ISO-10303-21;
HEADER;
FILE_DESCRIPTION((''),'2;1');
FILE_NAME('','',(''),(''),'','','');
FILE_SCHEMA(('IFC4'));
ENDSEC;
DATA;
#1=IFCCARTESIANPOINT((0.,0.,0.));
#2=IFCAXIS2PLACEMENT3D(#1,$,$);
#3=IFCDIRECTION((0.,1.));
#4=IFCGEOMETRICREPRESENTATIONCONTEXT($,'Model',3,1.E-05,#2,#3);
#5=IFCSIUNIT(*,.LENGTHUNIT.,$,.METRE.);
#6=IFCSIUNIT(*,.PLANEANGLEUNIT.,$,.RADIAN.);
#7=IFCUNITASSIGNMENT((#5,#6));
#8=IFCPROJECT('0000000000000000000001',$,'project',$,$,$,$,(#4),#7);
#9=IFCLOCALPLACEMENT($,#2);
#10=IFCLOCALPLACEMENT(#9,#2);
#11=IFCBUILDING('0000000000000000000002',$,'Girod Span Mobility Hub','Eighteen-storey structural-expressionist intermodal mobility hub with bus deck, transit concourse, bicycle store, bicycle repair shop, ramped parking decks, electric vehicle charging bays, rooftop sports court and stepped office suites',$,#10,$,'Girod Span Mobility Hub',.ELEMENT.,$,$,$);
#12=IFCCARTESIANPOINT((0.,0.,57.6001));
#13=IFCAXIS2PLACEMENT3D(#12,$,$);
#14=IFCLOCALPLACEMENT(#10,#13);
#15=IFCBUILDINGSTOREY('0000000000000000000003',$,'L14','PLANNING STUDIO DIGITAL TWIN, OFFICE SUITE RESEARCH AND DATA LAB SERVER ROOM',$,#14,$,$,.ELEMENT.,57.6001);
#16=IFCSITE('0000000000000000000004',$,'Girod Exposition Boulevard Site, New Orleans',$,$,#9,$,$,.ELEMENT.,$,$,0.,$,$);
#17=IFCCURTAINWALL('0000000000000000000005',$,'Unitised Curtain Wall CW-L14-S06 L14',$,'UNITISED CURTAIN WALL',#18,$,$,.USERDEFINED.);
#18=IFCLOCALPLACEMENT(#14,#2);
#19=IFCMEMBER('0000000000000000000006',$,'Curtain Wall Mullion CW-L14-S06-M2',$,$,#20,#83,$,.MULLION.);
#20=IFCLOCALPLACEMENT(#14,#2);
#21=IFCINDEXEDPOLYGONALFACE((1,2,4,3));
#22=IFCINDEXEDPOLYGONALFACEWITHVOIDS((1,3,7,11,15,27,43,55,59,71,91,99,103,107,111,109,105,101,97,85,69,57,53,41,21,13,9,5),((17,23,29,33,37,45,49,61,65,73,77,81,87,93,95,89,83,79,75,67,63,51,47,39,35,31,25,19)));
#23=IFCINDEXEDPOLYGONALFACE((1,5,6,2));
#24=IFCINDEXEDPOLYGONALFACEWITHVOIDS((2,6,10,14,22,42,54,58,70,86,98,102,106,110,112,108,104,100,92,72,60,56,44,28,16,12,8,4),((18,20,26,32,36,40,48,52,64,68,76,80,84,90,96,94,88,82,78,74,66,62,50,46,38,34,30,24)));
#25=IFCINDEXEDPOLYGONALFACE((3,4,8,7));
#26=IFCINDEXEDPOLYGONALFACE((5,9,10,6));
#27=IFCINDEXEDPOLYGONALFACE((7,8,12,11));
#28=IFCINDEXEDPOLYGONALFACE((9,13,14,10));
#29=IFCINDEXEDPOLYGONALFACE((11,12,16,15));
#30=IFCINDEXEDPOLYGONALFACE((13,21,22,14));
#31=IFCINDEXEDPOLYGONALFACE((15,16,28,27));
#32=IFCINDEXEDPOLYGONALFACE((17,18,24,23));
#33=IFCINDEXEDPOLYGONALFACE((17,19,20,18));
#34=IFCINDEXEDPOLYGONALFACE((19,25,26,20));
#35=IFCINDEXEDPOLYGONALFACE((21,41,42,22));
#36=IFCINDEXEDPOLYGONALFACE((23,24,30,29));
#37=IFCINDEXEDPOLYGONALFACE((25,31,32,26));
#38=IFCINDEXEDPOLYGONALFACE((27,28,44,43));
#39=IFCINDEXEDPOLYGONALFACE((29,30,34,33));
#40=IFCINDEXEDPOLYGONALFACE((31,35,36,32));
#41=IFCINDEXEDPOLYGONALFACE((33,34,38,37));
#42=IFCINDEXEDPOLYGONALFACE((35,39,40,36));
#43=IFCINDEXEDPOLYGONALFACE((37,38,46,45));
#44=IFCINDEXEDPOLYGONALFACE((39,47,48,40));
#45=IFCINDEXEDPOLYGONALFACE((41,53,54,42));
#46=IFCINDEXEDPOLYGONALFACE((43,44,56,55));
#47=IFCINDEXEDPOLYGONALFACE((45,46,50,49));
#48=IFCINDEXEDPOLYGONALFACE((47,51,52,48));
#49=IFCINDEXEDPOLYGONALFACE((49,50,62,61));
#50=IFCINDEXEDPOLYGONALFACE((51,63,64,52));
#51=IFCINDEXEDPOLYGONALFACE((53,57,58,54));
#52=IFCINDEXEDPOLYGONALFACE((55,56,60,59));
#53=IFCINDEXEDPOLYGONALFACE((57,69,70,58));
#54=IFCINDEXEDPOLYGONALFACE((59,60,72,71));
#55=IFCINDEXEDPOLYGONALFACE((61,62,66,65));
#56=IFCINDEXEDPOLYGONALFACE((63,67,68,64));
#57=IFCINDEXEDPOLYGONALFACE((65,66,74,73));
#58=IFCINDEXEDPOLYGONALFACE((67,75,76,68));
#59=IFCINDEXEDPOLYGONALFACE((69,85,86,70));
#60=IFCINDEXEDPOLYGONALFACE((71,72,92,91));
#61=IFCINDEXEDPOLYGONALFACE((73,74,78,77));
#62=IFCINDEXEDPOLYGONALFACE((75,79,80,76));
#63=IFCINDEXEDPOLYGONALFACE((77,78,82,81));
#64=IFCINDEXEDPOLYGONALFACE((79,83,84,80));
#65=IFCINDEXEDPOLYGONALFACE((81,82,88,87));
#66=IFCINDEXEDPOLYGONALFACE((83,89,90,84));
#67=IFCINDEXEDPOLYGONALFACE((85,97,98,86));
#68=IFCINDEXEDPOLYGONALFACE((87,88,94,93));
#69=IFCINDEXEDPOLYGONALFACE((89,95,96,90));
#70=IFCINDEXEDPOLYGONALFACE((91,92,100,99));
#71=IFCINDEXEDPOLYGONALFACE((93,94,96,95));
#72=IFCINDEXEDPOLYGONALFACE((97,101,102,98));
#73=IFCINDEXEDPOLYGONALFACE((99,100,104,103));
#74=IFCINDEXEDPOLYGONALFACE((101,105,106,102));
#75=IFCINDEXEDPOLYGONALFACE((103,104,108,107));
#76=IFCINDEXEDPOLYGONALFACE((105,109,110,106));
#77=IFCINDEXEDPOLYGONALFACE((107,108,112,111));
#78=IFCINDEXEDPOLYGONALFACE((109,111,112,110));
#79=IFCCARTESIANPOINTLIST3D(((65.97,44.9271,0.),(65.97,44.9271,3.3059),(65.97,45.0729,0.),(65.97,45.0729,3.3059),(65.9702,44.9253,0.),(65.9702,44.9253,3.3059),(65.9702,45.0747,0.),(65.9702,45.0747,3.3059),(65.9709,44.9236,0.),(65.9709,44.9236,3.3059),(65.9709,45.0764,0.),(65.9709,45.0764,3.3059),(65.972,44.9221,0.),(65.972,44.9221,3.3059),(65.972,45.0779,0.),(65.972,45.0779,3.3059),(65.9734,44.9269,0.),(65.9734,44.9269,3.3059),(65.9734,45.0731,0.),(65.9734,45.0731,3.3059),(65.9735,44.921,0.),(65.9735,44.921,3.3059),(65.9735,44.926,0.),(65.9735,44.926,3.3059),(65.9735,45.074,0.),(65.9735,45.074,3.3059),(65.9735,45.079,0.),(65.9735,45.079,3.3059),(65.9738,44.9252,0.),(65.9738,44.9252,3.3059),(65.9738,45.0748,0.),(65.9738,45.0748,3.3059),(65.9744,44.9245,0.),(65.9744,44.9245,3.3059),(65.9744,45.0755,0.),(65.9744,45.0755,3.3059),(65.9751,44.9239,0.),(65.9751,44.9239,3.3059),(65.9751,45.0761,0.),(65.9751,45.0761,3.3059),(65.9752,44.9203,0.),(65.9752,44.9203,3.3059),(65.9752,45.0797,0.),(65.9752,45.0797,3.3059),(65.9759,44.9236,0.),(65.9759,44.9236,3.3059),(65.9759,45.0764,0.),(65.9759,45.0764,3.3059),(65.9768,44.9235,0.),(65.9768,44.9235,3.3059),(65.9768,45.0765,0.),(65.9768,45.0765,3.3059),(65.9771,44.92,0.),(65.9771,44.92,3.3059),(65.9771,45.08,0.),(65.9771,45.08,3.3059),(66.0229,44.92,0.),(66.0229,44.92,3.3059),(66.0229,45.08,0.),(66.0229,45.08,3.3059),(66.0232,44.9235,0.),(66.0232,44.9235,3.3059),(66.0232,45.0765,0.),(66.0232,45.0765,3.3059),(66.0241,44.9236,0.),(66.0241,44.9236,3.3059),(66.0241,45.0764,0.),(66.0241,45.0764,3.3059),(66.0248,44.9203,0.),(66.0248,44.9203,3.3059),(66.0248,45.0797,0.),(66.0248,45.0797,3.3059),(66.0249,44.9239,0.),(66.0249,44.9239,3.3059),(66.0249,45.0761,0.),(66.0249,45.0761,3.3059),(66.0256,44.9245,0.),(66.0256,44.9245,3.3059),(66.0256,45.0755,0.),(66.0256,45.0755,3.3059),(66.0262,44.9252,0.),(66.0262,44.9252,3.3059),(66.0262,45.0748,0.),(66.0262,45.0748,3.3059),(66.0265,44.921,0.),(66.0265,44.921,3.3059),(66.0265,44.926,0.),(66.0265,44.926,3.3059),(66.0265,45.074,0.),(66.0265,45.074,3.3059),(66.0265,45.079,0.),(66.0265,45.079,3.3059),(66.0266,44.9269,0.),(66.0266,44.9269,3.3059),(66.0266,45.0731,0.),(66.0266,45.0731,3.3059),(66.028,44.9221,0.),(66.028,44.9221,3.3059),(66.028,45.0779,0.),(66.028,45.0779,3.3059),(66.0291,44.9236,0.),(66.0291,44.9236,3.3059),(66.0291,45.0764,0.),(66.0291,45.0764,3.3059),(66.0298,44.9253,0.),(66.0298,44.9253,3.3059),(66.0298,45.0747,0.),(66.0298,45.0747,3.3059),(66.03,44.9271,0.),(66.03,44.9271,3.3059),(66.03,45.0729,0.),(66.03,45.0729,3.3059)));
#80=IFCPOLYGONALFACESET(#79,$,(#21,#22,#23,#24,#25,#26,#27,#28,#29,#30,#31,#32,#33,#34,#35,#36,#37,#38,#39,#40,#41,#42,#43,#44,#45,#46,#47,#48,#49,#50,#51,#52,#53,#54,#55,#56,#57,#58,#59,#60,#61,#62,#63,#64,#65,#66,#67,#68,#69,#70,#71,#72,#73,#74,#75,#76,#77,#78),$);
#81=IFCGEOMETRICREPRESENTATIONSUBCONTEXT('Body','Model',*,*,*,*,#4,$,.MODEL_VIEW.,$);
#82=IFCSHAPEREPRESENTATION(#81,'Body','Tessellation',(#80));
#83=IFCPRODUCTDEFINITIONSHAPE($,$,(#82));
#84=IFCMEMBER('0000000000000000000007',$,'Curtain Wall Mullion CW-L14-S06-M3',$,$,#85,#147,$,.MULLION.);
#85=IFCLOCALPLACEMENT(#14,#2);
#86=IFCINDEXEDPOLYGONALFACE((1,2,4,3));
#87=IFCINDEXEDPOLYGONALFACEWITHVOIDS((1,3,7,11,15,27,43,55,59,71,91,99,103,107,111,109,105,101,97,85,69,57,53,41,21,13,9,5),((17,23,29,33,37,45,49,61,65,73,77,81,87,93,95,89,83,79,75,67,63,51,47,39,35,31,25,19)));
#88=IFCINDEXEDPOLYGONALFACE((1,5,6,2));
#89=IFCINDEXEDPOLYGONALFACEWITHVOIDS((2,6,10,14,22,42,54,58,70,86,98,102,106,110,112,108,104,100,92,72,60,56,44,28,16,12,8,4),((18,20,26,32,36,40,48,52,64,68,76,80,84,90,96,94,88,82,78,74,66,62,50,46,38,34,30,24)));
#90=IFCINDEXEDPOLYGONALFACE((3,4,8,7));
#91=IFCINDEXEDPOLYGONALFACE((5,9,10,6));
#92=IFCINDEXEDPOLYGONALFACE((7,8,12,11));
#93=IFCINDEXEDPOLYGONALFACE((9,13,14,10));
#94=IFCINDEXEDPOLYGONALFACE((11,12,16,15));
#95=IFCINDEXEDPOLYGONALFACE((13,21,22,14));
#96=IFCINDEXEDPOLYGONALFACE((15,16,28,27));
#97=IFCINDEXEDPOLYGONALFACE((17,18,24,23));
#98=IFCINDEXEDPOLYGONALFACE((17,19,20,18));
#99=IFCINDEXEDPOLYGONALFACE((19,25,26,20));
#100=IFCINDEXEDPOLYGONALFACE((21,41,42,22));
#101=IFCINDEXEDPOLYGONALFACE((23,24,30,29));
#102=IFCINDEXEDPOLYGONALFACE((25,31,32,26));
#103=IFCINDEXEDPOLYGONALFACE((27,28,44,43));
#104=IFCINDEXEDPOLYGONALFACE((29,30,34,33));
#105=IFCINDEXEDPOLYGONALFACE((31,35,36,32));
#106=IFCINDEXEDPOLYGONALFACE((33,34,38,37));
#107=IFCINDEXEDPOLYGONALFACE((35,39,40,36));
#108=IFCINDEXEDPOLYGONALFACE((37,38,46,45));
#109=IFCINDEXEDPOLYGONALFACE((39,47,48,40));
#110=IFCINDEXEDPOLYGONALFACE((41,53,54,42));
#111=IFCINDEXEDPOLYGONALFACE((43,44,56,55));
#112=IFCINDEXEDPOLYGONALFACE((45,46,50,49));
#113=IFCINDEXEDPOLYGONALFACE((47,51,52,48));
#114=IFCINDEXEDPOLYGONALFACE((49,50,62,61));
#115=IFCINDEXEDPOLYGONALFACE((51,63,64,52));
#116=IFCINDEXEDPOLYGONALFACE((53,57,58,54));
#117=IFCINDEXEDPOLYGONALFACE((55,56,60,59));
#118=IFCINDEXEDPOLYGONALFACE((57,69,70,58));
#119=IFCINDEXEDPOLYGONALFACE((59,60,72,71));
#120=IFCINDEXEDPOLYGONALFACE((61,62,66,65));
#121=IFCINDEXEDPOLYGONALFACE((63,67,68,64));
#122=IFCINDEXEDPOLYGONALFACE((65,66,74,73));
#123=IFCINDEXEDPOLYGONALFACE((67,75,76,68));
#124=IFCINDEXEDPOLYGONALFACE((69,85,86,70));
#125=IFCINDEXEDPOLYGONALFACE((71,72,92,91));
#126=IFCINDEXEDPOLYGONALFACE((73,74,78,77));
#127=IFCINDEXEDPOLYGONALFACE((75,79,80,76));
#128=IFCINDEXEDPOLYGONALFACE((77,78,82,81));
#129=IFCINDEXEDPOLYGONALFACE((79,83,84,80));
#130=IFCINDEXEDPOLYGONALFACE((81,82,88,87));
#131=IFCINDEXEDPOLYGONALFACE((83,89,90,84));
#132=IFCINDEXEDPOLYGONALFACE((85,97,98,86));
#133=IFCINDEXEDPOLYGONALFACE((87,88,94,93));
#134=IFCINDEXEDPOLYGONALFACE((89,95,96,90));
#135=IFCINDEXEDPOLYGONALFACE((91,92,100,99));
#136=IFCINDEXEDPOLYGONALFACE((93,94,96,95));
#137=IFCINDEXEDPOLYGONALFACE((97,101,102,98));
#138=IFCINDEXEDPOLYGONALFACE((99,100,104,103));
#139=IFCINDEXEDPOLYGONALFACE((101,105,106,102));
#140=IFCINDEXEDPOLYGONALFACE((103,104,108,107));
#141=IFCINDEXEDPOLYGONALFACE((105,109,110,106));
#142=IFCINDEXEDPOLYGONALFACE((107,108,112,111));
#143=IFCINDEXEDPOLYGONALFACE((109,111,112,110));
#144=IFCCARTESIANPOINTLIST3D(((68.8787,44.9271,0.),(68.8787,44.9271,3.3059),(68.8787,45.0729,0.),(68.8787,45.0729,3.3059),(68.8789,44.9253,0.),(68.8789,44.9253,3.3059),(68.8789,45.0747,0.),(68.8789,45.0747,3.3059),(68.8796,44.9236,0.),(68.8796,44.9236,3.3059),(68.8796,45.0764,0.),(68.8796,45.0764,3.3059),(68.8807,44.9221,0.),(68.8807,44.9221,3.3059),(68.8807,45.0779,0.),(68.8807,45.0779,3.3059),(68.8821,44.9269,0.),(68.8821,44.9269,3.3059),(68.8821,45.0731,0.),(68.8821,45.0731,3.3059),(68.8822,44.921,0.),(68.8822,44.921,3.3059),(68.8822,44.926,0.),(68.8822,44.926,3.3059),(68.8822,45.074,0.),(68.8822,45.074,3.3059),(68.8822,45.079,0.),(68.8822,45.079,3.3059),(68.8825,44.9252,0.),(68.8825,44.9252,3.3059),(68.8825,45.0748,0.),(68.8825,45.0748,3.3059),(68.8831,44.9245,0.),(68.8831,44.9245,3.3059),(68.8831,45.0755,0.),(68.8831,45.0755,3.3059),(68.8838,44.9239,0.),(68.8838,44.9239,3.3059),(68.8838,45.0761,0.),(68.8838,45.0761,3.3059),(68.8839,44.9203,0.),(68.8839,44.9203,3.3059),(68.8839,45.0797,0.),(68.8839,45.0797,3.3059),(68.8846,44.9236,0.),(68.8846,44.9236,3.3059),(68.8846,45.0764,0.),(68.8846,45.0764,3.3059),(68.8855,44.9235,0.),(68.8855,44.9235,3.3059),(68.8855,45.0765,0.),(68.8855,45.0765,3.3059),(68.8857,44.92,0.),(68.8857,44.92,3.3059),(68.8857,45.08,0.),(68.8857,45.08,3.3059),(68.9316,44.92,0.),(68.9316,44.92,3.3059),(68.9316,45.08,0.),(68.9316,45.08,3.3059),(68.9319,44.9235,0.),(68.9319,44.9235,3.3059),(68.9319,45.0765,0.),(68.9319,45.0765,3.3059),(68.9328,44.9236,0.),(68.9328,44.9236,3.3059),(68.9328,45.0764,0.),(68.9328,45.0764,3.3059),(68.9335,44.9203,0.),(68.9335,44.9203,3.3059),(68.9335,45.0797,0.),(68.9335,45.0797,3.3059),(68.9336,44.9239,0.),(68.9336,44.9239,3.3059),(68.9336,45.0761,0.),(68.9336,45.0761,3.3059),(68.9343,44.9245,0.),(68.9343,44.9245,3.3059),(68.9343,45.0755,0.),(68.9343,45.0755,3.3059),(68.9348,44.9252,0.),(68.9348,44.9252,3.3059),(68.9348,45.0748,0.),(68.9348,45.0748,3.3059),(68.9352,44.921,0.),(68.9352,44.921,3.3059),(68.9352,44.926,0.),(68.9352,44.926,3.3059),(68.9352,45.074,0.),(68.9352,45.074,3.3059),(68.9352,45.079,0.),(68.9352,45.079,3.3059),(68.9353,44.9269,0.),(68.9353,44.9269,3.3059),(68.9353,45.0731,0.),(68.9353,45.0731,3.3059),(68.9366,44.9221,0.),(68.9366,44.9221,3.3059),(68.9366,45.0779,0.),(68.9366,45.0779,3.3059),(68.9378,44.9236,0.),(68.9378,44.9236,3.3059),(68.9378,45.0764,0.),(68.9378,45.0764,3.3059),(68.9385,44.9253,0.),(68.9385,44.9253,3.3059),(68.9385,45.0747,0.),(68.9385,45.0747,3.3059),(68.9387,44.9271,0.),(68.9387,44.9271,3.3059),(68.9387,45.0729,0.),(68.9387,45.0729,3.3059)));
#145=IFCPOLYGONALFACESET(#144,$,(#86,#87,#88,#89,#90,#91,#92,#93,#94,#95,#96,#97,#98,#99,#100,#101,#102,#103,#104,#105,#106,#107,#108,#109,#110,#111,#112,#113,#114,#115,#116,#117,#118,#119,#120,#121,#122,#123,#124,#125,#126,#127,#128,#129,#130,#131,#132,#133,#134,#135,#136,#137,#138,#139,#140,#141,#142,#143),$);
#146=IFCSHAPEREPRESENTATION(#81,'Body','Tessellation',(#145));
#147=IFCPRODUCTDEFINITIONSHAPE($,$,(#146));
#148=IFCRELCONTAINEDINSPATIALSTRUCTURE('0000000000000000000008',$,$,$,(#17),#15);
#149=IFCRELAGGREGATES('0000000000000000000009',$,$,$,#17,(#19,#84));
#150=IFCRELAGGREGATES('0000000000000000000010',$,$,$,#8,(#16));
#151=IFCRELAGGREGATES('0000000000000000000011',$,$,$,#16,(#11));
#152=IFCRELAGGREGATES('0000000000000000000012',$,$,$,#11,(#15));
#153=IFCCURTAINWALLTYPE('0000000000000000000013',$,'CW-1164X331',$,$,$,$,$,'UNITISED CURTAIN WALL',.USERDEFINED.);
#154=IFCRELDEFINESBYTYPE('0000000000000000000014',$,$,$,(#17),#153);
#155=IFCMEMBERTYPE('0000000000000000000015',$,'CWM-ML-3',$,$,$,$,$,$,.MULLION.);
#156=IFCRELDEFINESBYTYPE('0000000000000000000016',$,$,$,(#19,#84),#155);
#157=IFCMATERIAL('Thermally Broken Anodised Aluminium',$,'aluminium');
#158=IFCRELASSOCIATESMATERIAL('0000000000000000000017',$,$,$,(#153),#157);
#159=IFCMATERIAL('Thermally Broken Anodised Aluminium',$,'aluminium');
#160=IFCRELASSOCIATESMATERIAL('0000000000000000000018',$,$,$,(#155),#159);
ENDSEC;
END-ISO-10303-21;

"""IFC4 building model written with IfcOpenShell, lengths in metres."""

from ifc_helpers import new_model, si_unit, direction, frame, origin, origin_2d, place, context, subcontext, project, spatial, hollow_rectangle, extrude, material, material_profile, profile_set, type_object, element, aggregate, save


model = new_model("IFC4")

# Units and contexts
model_context = context("Model", 3, precision=1e-05, world=origin(), true_north=direction((0.0, 1.0)))
body_context = subcontext(model_context, "Body", "Model", "MODEL_VIEW")
ifc_project = project(units=[si_unit("LENGTHUNIT", "METRE"), si_unit("PLANEANGLEUNIT", "RADIAN")], contexts=[model_context])

# Site, building, storey
site_placement = place(None, origin())
site = spatial("IfcSite", under=ifc_project, at=site_placement, Name="Girod Exposition Boulevard Site, New Orleans", CompositionType="ELEMENT", RefElevation=0.0)
building_placement = place(site_placement, origin())
building = spatial("IfcBuilding", under=site, at=building_placement, Name="Girod Span Mobility Hub", Description="Eighteen-storey structural-expressionist intermodal mobility hub with bus deck, transit concourse, bicycle store, bicycle repair shop, ramped parking decks, electric vehicle charging bays, rooftop sports court and stepped office suites", LongName="Girod Span Mobility Hub", CompositionType="ELEMENT")
storey_placement = place(building_placement, frame((0.0, 0.0, 57.6001)))
storey = spatial("IfcBuildingStorey", under=building, at=storey_placement, Name="L14", Description="PLANNING STUDIO DIGITAL TWIN, OFFICE SUITE RESEARCH AND DATA LAB SERVER ROOM", CompositionType="ELEMENT", Elevation=57.6001)

# Curtain wall, members
ifc_material_1 = material(Name="Thermally Broken Anodised Aluminium", Category="aluminium")
curtain_wall_type = type_object("IfcCurtainWallType", Name="CW-1164X331", ElementType="UNITISED CURTAIN WALL", PredefinedType="USERDEFINED", material=ifc_material_1)
curtain_wall_placement = place(storey_placement, origin())
curtain_wall = element("IfcCurtainWall", 1, at=curtain_wall_placement, inside=storey, type_object=curtain_wall_type, Name="Unitised Curtain Wall CW-L14-S06 L14", ObjectType="UNITISED CURTAIN WALL", PredefinedType="USERDEFINED")
ifc_material_2 = material(Name="Thermally Broken Anodised Aluminium", Category="aluminium")
ifc_material_profile_1 = material_profile(ifc_material_2, hollow_rectangle(XDim=0.1599, YDim=0.0601, WallThickness=0.0034, InnerFilletRadius=0.0034, OuterFilletRadius=0.0071, at=origin_2d()), Name="CW-ML-60X160")
ifc_profile_set_1 = profile_set([ifc_material_profile_1], Name="Thermally Broken Anodised Aluminium")
member_type_1 = type_object("IfcMemberType", Name="CWM-ML-3", PredefinedType="MULLION", material=ifc_profile_set_1)
member_1_placement = place(storey_placement, frame((66.0, 45.0, 0.0), z_axis=(0.0, 0.0, 1.0), x_axis=(0.0, 1.0, 0.0)))
member_1 = element("IfcMember", 2, at=member_1_placement, type_object=member_type_1, Name="Curtain Wall Mullion CW-L14-S06-M2", PredefinedType="MULLION", context=body_context, shape_type="SweptSolid", body=[
    extrude(hollow_rectangle(XDim=0.1599, YDim=0.0601, WallThickness=0.0034, InnerFilletRadius=0.0034, OuterFilletRadius=0.0071, at=origin_2d()), origin(), (0.0, 0.0, 1.0), 3.3059),
])
member_2_placement = place(storey_placement, frame((68.9087, 45.0, 0.0), z_axis=(0.0, 0.0, 1.0), x_axis=(0.0, 1.0, 0.0)))
member_2 = element("IfcMember", 3, at=member_2_placement, type_object=member_type_1, Name="Curtain Wall Mullion CW-L14-S06-M3", PredefinedType="MULLION", context=body_context, shape_type="SweptSolid", body=[
    extrude(hollow_rectangle(XDim=0.1599, YDim=0.0601, WallThickness=0.0034, InnerFilletRadius=0.0034, OuterFilletRadius=0.0071, at=origin_2d()), origin(), (0.0, 0.0, 1.0), 3.3059),
])

aggregate(curtain_wall, [member_1, member_2])

save(model, "model.ifc")
